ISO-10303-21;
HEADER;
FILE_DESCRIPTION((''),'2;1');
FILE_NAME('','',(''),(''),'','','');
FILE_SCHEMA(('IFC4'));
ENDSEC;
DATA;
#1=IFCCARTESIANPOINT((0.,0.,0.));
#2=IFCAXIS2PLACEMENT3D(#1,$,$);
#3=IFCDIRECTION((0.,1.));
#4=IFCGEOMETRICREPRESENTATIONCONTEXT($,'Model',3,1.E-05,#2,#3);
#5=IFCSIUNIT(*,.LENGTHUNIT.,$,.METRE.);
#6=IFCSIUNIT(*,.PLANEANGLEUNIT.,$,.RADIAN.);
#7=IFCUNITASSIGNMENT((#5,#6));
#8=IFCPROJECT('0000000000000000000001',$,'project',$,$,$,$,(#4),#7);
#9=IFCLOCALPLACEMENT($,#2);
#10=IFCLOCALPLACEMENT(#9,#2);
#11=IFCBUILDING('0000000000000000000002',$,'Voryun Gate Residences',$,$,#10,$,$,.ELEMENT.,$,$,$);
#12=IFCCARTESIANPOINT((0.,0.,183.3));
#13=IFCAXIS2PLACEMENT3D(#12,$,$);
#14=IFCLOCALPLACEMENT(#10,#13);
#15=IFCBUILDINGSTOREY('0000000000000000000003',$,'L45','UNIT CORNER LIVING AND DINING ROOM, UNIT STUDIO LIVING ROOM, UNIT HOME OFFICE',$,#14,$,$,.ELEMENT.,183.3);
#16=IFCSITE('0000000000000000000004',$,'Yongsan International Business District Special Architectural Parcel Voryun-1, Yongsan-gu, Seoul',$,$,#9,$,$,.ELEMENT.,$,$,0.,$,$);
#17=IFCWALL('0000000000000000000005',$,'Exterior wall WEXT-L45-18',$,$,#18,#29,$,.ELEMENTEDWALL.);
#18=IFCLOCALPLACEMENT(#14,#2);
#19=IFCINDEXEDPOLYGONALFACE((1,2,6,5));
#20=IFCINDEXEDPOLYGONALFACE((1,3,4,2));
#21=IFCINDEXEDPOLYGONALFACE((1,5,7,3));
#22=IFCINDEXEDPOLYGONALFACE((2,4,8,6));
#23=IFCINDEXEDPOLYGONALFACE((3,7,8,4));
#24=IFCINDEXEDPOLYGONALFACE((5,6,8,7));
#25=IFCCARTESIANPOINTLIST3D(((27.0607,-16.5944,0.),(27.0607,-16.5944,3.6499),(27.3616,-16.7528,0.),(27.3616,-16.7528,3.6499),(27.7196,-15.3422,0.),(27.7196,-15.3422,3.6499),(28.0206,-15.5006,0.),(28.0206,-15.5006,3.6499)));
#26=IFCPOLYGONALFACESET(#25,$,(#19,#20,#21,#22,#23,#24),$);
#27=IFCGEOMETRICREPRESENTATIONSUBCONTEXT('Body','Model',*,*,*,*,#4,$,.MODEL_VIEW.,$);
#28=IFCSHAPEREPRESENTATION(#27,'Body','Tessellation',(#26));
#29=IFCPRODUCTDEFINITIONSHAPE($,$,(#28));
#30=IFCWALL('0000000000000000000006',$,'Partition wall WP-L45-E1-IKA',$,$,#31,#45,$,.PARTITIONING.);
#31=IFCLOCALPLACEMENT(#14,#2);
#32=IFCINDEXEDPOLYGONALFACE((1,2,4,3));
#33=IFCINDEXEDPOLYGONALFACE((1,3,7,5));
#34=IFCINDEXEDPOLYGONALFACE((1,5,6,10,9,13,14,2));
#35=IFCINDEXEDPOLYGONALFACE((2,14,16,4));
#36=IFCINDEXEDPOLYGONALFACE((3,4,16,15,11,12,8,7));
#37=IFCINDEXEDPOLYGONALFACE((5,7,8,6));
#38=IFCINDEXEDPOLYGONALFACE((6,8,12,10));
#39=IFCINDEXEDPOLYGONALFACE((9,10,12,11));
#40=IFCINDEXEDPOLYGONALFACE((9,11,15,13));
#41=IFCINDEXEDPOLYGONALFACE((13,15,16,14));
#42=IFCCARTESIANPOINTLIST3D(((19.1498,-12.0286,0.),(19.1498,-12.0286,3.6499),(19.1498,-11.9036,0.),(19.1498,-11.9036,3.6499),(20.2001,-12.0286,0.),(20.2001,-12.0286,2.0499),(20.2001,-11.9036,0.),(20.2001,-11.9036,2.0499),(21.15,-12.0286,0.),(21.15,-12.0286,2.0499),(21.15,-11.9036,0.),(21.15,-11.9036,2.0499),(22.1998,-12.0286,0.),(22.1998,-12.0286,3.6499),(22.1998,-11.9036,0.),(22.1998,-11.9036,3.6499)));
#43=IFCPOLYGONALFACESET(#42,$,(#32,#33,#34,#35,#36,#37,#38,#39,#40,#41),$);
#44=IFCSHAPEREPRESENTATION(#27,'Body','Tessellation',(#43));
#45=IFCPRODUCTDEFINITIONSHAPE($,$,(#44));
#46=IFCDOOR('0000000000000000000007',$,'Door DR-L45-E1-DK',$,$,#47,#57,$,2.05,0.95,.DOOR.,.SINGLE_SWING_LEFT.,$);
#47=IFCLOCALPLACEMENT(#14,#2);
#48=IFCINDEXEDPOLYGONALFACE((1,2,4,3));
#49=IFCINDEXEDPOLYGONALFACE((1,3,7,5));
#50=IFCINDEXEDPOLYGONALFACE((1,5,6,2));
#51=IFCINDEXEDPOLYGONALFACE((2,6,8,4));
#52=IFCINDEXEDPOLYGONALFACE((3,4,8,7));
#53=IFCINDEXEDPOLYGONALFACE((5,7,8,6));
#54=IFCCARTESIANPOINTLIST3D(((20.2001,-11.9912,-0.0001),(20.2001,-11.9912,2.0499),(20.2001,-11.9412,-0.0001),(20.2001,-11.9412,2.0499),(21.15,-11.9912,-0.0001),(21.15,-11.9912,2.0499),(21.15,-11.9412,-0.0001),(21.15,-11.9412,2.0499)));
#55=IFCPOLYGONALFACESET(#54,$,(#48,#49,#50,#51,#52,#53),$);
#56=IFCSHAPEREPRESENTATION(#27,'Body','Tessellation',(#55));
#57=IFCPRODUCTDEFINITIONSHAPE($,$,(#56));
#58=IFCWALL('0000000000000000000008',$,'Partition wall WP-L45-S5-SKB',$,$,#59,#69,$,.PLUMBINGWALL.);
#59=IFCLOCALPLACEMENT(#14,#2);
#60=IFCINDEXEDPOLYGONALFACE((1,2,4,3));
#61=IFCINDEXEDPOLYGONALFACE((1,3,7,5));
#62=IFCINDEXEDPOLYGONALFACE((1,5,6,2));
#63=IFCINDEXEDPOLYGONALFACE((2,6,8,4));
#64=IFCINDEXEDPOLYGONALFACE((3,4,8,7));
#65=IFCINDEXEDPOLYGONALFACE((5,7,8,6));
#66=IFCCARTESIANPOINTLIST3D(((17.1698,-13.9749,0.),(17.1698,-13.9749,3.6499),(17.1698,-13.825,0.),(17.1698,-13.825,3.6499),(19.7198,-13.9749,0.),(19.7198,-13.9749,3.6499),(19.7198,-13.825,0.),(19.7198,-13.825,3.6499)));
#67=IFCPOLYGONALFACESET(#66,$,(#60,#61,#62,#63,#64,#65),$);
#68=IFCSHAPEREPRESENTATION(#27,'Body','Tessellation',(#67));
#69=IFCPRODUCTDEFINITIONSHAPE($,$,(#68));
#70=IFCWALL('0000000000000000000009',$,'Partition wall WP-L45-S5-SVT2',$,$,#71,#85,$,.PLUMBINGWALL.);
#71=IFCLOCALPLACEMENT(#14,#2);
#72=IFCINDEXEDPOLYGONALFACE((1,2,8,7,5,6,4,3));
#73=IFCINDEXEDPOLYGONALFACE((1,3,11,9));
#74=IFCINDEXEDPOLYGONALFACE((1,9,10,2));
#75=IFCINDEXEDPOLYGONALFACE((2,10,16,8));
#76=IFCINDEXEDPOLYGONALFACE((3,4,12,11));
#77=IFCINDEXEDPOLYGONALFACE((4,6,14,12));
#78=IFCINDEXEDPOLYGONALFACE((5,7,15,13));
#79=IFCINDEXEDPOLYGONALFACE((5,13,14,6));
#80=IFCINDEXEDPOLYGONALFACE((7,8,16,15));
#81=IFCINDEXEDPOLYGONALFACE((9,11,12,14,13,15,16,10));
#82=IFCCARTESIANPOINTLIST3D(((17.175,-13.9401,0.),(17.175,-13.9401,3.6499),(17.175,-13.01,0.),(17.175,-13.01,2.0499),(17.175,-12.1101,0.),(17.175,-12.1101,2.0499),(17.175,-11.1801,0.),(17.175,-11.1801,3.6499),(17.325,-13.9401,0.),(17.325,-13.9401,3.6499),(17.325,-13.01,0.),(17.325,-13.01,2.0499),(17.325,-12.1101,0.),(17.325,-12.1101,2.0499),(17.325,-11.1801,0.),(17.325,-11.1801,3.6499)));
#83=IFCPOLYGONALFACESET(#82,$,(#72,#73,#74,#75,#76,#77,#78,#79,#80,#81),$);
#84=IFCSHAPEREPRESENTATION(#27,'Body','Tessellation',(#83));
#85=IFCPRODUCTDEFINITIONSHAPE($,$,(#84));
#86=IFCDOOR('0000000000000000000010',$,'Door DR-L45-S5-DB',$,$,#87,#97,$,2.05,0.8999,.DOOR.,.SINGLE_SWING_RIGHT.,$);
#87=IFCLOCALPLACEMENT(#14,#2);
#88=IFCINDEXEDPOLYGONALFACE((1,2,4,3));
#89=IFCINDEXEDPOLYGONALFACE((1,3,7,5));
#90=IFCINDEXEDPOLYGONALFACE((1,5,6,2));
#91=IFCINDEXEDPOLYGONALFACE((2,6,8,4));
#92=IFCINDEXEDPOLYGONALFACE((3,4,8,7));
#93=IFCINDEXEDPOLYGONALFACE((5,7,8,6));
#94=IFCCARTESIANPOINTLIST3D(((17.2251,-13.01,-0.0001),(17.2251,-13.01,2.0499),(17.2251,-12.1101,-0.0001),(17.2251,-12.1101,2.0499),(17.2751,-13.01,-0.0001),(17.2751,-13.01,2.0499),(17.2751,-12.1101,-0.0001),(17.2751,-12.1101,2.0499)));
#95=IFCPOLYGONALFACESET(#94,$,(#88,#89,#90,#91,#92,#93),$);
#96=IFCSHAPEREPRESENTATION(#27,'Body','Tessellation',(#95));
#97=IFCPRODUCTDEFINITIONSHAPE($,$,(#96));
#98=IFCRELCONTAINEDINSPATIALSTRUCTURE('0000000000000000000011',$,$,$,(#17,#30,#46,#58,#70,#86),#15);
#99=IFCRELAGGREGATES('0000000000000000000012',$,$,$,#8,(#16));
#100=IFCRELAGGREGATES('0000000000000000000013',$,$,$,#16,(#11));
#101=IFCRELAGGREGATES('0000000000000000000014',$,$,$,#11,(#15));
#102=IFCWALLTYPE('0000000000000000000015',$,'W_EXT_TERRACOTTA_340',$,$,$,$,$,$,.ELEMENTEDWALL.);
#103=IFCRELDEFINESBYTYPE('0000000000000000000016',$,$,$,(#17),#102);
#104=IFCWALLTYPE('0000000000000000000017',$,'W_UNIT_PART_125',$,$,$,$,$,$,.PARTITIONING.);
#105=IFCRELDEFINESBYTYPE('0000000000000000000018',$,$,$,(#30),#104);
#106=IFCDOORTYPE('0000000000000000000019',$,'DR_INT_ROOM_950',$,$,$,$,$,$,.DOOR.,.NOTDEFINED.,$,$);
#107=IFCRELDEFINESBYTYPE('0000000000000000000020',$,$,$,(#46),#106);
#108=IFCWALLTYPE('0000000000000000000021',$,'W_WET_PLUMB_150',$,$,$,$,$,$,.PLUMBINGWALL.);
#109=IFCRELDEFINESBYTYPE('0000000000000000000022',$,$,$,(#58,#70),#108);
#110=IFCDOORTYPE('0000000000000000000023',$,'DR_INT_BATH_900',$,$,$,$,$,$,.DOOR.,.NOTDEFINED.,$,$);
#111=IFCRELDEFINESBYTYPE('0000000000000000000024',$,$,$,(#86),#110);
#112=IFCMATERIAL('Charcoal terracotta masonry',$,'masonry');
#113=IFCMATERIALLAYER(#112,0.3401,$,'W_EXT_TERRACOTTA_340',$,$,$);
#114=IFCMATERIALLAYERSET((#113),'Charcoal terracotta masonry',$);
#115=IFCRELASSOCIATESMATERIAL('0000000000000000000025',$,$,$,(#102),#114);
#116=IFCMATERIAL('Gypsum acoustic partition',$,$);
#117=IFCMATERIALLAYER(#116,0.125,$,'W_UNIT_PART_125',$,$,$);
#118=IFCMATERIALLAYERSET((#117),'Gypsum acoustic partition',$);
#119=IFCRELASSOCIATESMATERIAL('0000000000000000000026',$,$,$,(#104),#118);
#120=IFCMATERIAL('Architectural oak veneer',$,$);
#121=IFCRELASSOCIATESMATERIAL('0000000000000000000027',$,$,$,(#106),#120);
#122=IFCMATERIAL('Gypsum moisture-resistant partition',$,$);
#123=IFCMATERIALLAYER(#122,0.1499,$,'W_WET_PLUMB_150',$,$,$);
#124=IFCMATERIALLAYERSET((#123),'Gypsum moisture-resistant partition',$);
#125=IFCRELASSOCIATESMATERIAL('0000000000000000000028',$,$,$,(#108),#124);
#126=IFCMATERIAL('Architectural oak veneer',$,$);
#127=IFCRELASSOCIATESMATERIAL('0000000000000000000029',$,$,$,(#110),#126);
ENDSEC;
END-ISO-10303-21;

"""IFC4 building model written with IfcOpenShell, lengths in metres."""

from ifc_helpers import new_model, si_unit, direction, frame, frame_2d, origin, place, context, subcontext, project, spatial, rectangle, extrude, material, layer, layer_set, type_object, element, fill, save


model = new_model("IFC4")

# Units and contexts
model_context = context("Model", 3, precision=1e-05, world=origin(), true_north=direction((0.0, 1.0)))
body_context = subcontext(model_context, "Body", "Model", "MODEL_VIEW")
ifc_project = project(units=[si_unit("LENGTHUNIT", "METRE"), si_unit("PLANEANGLEUNIT", "RADIAN")], contexts=[model_context])

# Site, building, storey
site_placement = place(None, origin())
site = spatial("IfcSite", under=ifc_project, at=site_placement, Name="Yongsan International Business District Special Architectural Parcel Voryun-1, Yongsan-gu, Seoul", CompositionType="ELEMENT", RefElevation=0.0)
building_placement = place(site_placement, origin())
building = spatial("IfcBuilding", under=site, at=building_placement, Name="Voryun Gate Residences", CompositionType="ELEMENT")
storey_placement = place(building_placement, frame((0.0, 0.0, 183.3)))
storey = spatial("IfcBuildingStorey", under=building, at=storey_placement, Name="L45", Description="UNIT CORNER LIVING AND DINING ROOM, UNIT STUDIO LIVING ROOM, UNIT HOME OFFICE", CompositionType="ELEMENT", Elevation=183.3)

# Wall
ifc_material_1 = material(Name="Charcoal terracotta masonry", Category="masonry")
ifc_layer_1 = layer(ifc_material_1, 0.3401, Name="W_EXT_TERRACOTTA_340")
ifc_layer_set_1 = layer_set([ifc_layer_1], Name="Charcoal terracotta masonry")
wall_type_1 = type_object("IfcWallType", Name="W_EXT_TERRACOTTA_340", PredefinedType="ELEMENTEDWALL", material=ifc_layer_set_1)
wall_1_placement = place(storey_placement, frame((27.8701, -15.4214, 0.0), z_axis=(0.0, 0.0, 1.0), x_axis=(-0.465682, -0.884952, 0.0)))
element("IfcWall", 1, at=wall_1_placement, inside=storey, type_object=wall_type_1, Name="Exterior wall WEXT-L45-18", PredefinedType="ELEMENTEDWALL", context=body_context, shape_type="SweptSolid", body=[
    extrude(rectangle(XDim=1.415, YDim=0.3401, at=frame_2d((0.7075, 0.0))), origin(), (0.0, 0.0, 1.0), 3.6499),
])

# Wall, opening, door
ifc_material_2 = material(Name="Gypsum acoustic partition")
ifc_layer_2 = layer(ifc_material_2, 0.125, Name="W_UNIT_PART_125")
ifc_layer_set_2 = layer_set([ifc_layer_2], Name="Gypsum acoustic partition")
wall_type_2 = type_object("IfcWallType", Name="W_UNIT_PART_125", PredefinedType="PARTITIONING", material=ifc_layer_set_2)
wall_2_placement = place(storey_placement, frame((19.1499, -11.9661, 0.0), z_axis=(0.0, 0.0, 1.0), x_axis=(1.0, 0.0, 0.0)))
wall_2 = element("IfcWall", 2, at=wall_2_placement, inside=storey, type_object=wall_type_2, Name="Partition wall WP-L45-E1-IKA", PredefinedType="PARTITIONING", context=body_context, shape_type="SweptSolid", body=[
    extrude(rectangle(XDim=3.05, YDim=0.125, at=frame_2d((1.5249, 0.0))), origin(), (0.0, 0.0, 1.0), 3.6499),
])
opening_1_placement = place(wall_2_placement, frame((1.05, 0.0, 0.0)))
opening_1 = element("IfcOpeningElement", 3, at=opening_1_placement, cuts=wall_2, PredefinedType="OPENING", context=body_context, shape_type="SweptSolid", body=[
    extrude(rectangle(XDim=0.95, YDim=2.05, at=frame_2d((0.4751, 1.0249))), frame((0.0, 0.0725, 0.0), z_axis=(0.0, -1.0, 0.0), x_axis=(1.0, 0.0, 0.0)), (0.0, 0.0, 1.0), 0.145),
])
ifc_material_3 = material(Name="Architectural oak veneer")
door_type_1 = type_object("IfcDoorType", Name="DR_INT_ROOM_950", OperationType="NOTDEFINED", PredefinedType="DOOR", material=ifc_material_3)
door_1_placement = place(opening_1_placement, origin())
door_1 = element("IfcDoor", 4, at=door_1_placement, inside=storey, type_object=door_type_1, Name="Door DR-L45-E1-DK", OperationType="SINGLE_SWING_LEFT", OverallHeight=2.05, OverallWidth=0.95, PredefinedType="DOOR", context=body_context, shape_type="SweptSolid", body=[
    extrude(rectangle(XDim=0.95, YDim=2.05, at=frame_2d((0.4751, 1.0249))), frame((0.0, 0.0249, 0.0), z_axis=(0.0, -1.0, 0.0), x_axis=(1.0, 0.0, 0.0)), (0.0, 0.0, 1.0), 0.05),
])
fill(opening_1, door_1)

# Wall
ifc_material_4 = material(Name="Gypsum moisture-resistant partition")
ifc_layer_3 = layer(ifc_material_4, 0.1499, Name="W_WET_PLUMB_150")
ifc_layer_set_3 = layer_set([ifc_layer_3], Name="Gypsum moisture-resistant partition")
wall_type_3 = type_object("IfcWallType", Name="W_WET_PLUMB_150", PredefinedType="PLUMBINGWALL", material=ifc_layer_set_3)
wall_3_placement = place(storey_placement, frame((17.1699, -13.8999, 0.0), z_axis=(0.0, 0.0, 1.0), x_axis=(1.0, 0.0, 0.0)))
element("IfcWall", 5, at=wall_3_placement, inside=storey, type_object=wall_type_3, Name="Partition wall WP-L45-S5-SKB", PredefinedType="PLUMBINGWALL", context=body_context, shape_type="SweptSolid", body=[
    extrude(rectangle(XDim=2.55, YDim=0.1499, at=frame_2d((1.2749, 0.0))), origin(), (0.0, 0.0, 1.0), 3.6499),
])

# Wall, opening, door
wall_4_placement = place(storey_placement, frame((17.25, -13.9399, 0.0), z_axis=(0.0, 0.0, 1.0), x_axis=(0.0, 1.0, 0.0)))
wall_4 = element("IfcWall", 6, at=wall_4_placement, inside=storey, type_object=wall_type_3, Name="Partition wall WP-L45-S5-SVT2", PredefinedType="PLUMBINGWALL", context=body_context, shape_type="SweptSolid", body=[
    extrude(rectangle(XDim=2.76, YDim=0.1499, at=frame_2d((1.3799, 0.0))), origin(), (0.0, 0.0, 1.0), 3.6499),
])
opening_2_placement = place(wall_4_placement, frame((0.9299, 0.0, 0.0)))
opening_2 = element("IfcOpeningElement", 7, at=opening_2_placement, cuts=wall_4, PredefinedType="OPENING", context=body_context, shape_type="SweptSolid", body=[
    extrude(rectangle(XDim=0.8999, YDim=2.05, at=frame_2d((0.45, 1.0249))), frame((0.0, 0.085, 0.0), z_axis=(0.0, -1.0, 0.0), x_axis=(1.0, 0.0, 0.0)), (0.0, 0.0, 1.0), 0.1699),
])
ifc_material_5 = material(Name="Architectural oak veneer")
door_type_2 = type_object("IfcDoorType", Name="DR_INT_BATH_900", OperationType="NOTDEFINED", PredefinedType="DOOR", material=ifc_material_5)
door_2_placement = place(opening_2_placement, origin())
door_2 = element("IfcDoor", 8, at=door_2_placement, inside=storey, type_object=door_type_2, Name="Door DR-L45-S5-DB", OperationType="SINGLE_SWING_RIGHT", OverallHeight=2.05, OverallWidth=0.8999, PredefinedType="DOOR", context=body_context, shape_type="SweptSolid", body=[
    extrude(rectangle(XDim=0.8999, YDim=2.05, at=frame_2d((0.45, 1.0249))), frame((0.0, 0.0249, 0.0), z_axis=(0.0, -1.0, 0.0), x_axis=(1.0, 0.0, 0.0)), (0.0, 0.0, 1.0), 0.05),
])
fill(opening_2, door_2)

save(model, "model.ifc")
